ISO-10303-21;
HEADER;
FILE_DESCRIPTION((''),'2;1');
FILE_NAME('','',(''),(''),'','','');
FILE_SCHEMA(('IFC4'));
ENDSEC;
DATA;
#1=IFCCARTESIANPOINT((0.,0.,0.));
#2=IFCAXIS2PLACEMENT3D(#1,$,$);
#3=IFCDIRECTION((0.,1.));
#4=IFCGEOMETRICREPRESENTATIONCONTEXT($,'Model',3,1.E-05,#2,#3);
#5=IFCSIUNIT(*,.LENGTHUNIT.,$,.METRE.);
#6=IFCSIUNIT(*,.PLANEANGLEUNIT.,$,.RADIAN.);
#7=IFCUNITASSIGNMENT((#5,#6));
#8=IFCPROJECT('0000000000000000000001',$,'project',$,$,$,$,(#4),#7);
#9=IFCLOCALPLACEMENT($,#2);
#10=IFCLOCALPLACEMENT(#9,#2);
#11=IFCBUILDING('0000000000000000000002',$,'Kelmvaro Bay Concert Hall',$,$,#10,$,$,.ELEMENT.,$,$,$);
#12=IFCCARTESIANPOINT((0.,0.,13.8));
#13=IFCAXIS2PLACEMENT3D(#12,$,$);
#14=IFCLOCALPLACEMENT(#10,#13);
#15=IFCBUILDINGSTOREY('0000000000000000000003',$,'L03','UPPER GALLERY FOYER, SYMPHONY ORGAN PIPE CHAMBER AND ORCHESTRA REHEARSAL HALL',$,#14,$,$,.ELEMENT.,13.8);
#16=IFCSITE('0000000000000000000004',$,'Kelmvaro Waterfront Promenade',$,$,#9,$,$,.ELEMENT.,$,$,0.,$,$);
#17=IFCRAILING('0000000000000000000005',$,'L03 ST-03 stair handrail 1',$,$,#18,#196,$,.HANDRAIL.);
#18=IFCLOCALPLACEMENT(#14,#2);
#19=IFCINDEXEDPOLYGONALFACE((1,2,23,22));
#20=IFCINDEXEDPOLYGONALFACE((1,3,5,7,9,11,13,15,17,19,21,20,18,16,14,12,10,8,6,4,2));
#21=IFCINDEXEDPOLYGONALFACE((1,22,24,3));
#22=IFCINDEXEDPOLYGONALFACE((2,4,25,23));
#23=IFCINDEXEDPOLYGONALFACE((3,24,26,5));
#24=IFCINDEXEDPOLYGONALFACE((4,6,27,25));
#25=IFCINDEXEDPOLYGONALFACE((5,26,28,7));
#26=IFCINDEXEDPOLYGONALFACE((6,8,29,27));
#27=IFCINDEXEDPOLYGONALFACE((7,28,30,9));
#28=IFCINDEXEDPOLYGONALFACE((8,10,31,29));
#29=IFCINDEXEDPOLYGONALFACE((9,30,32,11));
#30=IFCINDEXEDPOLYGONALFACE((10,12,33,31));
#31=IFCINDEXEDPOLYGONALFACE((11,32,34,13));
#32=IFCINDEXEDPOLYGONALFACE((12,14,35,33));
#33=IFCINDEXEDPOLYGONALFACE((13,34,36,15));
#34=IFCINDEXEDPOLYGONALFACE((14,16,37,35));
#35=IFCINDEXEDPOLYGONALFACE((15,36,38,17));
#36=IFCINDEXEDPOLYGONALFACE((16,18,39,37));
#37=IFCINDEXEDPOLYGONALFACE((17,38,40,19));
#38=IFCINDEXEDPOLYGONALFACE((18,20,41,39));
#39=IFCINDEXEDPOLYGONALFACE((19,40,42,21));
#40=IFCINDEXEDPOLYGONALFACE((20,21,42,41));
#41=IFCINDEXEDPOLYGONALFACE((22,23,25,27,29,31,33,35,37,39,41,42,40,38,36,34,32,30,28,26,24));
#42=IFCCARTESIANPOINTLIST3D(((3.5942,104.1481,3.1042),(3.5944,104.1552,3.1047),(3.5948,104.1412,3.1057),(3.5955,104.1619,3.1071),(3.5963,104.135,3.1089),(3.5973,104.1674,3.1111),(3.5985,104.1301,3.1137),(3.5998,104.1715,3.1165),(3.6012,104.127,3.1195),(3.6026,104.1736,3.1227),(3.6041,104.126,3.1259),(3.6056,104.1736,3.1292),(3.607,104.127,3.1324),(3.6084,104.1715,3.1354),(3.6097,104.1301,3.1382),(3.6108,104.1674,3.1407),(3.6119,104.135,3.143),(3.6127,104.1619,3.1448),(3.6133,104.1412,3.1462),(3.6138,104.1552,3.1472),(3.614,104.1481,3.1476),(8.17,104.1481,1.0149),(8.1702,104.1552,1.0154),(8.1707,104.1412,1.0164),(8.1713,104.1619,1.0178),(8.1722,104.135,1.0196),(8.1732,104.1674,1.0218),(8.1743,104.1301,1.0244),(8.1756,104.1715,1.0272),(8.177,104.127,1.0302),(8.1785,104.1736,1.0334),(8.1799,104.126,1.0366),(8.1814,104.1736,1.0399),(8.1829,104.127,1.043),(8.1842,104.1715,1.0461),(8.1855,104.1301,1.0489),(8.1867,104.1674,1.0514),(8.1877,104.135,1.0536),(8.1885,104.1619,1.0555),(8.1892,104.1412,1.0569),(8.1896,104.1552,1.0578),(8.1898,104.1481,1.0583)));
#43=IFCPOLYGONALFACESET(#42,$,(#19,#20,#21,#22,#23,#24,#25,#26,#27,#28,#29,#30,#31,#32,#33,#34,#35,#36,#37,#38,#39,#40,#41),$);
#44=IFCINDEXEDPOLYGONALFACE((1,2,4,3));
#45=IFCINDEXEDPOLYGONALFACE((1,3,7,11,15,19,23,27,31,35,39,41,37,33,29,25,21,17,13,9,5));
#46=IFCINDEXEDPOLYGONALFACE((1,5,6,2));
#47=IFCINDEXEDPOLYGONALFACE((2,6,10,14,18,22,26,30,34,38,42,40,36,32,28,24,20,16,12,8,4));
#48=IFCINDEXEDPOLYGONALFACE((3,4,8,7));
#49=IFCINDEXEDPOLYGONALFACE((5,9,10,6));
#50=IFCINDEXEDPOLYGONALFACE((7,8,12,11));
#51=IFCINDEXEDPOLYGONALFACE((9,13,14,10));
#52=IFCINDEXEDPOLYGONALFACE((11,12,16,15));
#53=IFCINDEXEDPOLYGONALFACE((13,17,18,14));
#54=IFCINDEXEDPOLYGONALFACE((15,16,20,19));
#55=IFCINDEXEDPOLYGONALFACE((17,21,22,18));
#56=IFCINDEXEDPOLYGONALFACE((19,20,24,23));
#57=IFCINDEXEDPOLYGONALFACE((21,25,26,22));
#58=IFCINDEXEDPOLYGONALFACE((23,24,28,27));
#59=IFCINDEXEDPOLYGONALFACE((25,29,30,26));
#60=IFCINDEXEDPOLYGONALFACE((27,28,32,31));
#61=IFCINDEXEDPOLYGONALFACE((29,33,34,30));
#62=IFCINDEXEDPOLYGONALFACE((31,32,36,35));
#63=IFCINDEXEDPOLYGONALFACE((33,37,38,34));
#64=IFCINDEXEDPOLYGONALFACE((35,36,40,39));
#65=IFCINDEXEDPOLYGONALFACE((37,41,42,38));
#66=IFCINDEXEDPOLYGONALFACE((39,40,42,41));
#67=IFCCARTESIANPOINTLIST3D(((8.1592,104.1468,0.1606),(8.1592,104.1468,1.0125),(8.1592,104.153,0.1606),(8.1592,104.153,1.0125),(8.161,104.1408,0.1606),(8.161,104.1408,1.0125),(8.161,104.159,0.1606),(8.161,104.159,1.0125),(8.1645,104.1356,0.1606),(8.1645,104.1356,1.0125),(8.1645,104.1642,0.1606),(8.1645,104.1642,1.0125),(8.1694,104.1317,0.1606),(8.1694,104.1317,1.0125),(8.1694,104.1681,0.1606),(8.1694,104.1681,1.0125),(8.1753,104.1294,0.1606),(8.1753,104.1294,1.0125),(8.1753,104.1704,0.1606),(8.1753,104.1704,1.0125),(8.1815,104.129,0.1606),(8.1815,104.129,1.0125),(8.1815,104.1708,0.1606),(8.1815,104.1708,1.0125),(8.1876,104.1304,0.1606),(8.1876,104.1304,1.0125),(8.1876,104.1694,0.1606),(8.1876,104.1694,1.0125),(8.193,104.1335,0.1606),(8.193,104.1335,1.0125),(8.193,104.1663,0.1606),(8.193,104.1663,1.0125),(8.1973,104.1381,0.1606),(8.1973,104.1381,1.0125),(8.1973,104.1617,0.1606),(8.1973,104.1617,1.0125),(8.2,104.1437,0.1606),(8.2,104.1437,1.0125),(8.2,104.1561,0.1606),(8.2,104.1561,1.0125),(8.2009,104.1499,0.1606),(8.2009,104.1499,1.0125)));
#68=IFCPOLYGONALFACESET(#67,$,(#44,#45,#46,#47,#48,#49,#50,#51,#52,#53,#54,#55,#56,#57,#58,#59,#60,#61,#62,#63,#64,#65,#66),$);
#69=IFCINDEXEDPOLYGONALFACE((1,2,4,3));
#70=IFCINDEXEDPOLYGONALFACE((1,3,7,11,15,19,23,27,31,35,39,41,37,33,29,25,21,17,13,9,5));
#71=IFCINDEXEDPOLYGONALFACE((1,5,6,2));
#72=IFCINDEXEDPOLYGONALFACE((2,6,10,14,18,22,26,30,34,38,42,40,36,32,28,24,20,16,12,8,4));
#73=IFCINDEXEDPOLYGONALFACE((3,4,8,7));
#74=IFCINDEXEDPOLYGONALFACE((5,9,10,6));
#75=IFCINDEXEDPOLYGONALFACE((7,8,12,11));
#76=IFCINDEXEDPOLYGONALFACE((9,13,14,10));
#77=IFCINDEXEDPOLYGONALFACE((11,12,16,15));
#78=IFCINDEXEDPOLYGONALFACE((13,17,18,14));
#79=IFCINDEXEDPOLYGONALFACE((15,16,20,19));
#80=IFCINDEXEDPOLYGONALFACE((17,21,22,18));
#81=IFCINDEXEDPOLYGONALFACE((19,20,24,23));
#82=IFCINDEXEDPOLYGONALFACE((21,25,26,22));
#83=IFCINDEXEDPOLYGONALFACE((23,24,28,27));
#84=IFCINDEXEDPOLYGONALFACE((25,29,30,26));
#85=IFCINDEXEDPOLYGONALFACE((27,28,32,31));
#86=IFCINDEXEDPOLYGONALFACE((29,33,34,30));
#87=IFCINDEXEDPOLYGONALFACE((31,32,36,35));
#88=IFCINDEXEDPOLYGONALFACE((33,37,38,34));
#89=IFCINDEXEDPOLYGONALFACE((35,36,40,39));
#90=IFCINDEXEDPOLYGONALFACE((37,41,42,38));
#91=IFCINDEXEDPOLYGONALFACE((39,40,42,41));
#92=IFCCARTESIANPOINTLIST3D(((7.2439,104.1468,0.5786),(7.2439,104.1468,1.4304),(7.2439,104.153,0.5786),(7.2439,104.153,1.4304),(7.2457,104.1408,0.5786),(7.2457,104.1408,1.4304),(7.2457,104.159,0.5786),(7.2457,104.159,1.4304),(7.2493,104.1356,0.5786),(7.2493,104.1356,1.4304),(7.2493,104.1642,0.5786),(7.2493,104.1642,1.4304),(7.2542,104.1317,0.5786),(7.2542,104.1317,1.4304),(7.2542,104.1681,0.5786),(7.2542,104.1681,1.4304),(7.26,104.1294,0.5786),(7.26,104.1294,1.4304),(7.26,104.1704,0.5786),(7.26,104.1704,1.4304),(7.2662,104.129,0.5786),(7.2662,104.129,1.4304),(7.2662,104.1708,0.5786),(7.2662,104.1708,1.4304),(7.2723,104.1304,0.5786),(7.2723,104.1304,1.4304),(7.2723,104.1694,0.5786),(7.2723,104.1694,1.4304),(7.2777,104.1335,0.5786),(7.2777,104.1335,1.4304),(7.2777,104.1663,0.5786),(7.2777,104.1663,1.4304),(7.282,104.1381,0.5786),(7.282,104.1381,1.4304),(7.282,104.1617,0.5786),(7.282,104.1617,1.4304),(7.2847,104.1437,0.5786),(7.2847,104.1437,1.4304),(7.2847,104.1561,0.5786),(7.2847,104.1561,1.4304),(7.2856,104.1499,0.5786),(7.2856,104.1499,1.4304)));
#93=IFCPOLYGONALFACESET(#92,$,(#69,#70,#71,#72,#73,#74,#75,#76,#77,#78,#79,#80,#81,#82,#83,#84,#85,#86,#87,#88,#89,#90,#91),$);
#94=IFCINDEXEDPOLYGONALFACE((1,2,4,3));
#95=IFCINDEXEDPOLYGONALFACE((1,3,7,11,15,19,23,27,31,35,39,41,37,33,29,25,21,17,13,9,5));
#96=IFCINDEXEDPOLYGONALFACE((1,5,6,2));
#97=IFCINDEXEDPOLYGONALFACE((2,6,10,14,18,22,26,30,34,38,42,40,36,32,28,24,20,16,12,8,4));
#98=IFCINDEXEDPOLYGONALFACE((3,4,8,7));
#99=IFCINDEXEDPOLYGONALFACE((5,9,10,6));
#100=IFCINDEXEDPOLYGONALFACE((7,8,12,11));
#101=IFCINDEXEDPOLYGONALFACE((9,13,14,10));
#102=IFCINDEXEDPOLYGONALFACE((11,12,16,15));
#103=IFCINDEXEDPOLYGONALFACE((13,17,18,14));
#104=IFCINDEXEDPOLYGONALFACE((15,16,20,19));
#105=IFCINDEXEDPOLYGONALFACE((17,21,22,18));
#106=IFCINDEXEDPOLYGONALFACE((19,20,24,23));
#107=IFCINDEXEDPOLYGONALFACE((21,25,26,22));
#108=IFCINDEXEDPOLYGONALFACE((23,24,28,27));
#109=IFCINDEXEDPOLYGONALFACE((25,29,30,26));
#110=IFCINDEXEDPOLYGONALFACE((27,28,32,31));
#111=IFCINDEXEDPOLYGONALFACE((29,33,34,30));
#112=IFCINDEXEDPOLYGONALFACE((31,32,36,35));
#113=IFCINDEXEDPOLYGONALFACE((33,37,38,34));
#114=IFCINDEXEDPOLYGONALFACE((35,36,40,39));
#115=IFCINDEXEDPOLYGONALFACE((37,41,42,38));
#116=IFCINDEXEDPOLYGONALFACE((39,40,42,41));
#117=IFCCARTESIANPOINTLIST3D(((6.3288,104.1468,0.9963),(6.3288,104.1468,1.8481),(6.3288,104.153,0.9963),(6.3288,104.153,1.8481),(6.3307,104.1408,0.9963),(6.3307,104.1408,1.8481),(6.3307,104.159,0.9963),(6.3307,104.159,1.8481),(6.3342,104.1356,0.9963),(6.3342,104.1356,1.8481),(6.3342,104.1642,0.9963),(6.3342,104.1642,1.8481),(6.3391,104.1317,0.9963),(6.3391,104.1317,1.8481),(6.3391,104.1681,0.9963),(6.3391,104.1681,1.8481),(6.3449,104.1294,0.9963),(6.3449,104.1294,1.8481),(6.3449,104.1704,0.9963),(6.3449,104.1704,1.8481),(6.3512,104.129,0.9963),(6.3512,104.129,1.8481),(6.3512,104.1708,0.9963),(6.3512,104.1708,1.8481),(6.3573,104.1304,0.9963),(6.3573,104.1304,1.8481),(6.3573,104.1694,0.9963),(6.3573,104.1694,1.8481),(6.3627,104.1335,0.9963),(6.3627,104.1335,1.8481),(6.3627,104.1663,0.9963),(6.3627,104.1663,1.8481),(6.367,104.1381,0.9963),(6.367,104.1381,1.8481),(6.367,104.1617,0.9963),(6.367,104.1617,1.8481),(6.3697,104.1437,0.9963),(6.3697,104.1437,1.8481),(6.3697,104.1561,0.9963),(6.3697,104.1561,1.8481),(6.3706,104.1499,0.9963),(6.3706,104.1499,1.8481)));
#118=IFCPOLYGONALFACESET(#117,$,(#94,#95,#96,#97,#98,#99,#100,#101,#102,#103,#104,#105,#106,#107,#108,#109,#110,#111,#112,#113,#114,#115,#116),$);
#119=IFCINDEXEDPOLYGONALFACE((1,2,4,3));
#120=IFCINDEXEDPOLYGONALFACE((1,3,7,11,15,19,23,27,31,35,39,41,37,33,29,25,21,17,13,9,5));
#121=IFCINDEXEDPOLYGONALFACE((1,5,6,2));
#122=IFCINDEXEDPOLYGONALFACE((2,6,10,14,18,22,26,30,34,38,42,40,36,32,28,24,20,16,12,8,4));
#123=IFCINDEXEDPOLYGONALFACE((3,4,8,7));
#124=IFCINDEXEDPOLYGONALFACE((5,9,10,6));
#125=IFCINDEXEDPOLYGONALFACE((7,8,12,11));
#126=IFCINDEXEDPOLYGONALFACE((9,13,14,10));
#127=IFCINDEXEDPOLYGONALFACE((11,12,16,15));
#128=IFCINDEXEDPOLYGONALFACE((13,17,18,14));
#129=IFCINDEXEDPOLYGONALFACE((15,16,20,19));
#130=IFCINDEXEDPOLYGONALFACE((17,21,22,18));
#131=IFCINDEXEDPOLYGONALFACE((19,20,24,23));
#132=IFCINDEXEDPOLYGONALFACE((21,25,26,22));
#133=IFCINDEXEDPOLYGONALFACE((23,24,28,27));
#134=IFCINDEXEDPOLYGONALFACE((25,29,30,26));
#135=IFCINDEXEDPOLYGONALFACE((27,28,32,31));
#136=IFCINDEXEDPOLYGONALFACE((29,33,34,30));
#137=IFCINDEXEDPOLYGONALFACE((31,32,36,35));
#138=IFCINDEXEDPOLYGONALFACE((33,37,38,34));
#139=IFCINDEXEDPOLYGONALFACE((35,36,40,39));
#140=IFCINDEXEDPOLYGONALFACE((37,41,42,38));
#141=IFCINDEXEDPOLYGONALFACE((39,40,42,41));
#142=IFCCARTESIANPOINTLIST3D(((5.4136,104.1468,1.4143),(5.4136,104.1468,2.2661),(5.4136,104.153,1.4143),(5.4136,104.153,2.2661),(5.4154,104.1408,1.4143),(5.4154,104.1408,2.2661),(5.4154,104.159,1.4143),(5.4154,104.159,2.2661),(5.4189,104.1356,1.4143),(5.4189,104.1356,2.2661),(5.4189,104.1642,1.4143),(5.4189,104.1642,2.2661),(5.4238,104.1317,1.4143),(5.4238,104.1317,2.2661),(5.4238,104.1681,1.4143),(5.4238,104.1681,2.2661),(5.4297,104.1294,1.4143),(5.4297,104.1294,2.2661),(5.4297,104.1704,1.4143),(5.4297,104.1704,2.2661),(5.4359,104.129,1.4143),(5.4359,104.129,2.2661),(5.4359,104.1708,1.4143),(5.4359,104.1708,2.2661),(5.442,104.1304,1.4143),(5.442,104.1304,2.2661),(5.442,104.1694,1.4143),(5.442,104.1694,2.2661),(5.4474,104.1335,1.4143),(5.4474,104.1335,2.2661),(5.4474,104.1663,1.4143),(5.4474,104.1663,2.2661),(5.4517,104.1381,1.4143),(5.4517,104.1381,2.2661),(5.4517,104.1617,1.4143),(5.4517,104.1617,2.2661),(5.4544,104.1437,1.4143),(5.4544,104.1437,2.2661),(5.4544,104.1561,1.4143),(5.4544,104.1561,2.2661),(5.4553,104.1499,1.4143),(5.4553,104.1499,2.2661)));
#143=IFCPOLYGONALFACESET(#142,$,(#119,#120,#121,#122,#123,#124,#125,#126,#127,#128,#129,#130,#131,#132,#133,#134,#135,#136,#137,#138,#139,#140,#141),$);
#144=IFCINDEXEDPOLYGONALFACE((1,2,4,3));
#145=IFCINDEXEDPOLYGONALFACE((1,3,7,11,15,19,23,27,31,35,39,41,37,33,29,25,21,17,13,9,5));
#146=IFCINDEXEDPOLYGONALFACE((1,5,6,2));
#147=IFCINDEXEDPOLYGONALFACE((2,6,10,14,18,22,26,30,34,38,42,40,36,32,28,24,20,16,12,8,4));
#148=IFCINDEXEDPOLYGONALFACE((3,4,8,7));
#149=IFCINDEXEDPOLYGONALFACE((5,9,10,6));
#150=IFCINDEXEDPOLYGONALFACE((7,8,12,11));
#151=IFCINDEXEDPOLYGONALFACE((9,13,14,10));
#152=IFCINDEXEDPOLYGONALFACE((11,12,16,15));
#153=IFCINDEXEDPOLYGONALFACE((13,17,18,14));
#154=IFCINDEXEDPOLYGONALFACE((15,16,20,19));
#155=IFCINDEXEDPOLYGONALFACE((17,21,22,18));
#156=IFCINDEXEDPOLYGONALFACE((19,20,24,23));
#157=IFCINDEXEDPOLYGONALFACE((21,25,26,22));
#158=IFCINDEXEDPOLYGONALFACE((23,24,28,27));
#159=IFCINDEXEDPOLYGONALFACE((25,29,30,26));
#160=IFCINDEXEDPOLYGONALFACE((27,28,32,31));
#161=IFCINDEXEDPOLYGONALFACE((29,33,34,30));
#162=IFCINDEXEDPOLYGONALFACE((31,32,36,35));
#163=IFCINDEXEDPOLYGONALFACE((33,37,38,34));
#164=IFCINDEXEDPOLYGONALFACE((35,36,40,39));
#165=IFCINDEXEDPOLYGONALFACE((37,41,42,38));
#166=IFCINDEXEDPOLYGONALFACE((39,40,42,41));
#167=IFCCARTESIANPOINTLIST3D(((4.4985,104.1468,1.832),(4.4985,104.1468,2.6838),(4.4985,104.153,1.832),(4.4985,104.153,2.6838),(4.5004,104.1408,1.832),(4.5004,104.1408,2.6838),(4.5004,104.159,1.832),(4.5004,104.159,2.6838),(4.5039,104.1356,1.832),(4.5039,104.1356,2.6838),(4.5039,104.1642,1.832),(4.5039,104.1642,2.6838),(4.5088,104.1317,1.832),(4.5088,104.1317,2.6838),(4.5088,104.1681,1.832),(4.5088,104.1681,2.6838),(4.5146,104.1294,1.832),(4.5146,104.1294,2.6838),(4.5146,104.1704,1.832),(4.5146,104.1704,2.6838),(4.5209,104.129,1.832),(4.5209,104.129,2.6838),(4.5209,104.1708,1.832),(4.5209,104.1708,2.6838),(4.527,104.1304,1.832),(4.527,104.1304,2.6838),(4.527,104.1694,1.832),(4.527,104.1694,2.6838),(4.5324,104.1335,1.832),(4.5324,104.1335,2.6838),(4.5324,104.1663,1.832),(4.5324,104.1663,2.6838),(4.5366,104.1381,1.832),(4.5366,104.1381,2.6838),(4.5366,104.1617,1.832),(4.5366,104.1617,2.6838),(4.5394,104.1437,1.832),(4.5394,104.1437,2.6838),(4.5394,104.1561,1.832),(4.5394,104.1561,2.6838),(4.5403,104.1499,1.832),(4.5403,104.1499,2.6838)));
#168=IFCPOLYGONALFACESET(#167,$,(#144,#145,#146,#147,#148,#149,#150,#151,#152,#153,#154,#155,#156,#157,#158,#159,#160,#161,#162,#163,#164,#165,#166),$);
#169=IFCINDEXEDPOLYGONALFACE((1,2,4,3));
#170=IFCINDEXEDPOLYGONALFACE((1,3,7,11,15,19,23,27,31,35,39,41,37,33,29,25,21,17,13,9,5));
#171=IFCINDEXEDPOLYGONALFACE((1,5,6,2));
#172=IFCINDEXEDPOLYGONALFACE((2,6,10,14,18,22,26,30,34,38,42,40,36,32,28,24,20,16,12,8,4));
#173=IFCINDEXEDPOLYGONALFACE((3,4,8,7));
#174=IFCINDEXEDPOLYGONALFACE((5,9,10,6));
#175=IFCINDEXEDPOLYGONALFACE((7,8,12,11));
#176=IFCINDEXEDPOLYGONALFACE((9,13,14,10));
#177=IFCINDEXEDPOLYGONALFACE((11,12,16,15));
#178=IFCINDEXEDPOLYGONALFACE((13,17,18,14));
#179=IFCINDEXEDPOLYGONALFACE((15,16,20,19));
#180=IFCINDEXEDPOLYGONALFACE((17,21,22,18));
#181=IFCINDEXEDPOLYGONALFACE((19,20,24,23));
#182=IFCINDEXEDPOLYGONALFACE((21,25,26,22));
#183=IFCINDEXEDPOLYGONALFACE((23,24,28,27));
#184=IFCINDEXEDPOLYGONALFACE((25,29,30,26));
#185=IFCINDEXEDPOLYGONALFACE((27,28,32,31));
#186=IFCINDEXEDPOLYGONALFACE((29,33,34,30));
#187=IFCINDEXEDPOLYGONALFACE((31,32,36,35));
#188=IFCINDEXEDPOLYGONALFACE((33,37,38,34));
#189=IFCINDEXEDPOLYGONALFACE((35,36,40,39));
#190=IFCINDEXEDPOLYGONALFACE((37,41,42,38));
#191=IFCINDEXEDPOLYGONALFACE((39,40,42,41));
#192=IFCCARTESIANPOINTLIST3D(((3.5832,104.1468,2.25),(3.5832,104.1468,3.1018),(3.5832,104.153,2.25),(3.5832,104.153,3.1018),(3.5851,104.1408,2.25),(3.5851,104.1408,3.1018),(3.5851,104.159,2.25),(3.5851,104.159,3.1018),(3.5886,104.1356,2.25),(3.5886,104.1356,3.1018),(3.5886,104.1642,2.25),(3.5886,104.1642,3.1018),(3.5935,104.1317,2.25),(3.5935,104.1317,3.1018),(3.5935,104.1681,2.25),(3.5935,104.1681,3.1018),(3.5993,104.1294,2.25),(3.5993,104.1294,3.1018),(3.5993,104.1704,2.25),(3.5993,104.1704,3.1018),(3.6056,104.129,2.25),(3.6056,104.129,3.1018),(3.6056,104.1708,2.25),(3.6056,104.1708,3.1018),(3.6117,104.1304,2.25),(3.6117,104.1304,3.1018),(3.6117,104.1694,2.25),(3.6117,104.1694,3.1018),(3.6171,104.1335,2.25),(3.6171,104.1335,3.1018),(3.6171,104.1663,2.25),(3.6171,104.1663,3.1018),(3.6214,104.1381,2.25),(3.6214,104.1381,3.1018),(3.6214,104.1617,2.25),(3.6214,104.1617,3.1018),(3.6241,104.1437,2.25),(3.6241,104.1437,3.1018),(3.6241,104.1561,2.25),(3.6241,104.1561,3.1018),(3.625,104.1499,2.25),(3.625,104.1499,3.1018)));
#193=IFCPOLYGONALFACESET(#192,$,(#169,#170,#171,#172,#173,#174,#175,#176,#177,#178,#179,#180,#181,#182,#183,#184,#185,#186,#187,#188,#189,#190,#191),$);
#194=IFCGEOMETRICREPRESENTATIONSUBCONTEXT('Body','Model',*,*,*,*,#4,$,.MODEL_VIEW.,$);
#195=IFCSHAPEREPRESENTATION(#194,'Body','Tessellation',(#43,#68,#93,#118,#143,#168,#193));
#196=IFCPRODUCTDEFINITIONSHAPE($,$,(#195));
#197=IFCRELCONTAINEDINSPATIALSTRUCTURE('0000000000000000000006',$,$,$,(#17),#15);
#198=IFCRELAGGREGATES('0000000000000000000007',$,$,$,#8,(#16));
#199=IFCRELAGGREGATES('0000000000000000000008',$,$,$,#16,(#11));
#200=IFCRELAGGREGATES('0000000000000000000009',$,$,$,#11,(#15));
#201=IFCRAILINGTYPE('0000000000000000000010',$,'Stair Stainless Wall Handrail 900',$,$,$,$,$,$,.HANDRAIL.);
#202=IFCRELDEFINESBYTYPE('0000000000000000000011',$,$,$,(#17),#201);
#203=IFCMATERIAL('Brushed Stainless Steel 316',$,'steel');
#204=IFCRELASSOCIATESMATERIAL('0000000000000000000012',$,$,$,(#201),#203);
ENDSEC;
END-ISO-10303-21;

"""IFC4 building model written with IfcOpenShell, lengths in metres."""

from ifc_helpers import new_model, si_unit, direction, frame, origin, origin_2d, place, context, subcontext, project, spatial, circle, extrude, material, type_object, element, save


model = new_model("IFC4")

# Units and contexts
model_context = context("Model", 3, precision=1e-05, world=origin(), true_north=direction((0.0, 1.0)))
body_context = subcontext(model_context, "Body", "Model", "MODEL_VIEW")
ifc_project = project(units=[si_unit("LENGTHUNIT", "METRE"), si_unit("PLANEANGLEUNIT", "RADIAN")], contexts=[model_context])

# Site, building, storey
site_placement = place(None, origin())
site = spatial("IfcSite", under=ifc_project, at=site_placement, Name="Kelmvaro Waterfront Promenade", CompositionType="ELEMENT", RefElevation=0.0)
building_placement = place(site_placement, origin())
building = spatial("IfcBuilding", under=site, at=building_placement, Name="Kelmvaro Bay Concert Hall", CompositionType="ELEMENT")
storey_placement = place(building_placement, frame((0.0, 0.0, 13.8)))
storey = spatial("IfcBuildingStorey", under=building, at=storey_placement, Name="L03", Description="UPPER GALLERY FOYER, SYMPHONY ORGAN PIPE CHAMBER AND ORCHESTRA REHEARSAL HALL", CompositionType="ELEMENT", Elevation=13.8)

# Railing
ifc_material_1 = material(Name="Brushed Stainless Steel 316", Category="steel")
railing_type_1 = type_object("IfcRailingType", Name="Stair Stainless Wall Handrail 900", PredefinedType="HANDRAIL", material=ifc_material_1)
railing_1_placement = place(storey_placement, frame((8.1799, 104.1499, 0.1606)))
element("IfcRailing", 1, at=railing_1_placement, inside=storey, type_object=railing_type_1, Name="L03 ST-03 stair handrail 1", PredefinedType="HANDRAIL", context=body_context, shape_type="SweptSolid", body=[
    extrude(circle(Radius=0.0239, at=origin_2d()), frame((0.0, 0.0, 0.876), z_axis=(-0.909662, 0.0, 0.415349), x_axis=(0.0, -1.0, 0.0)), (0.0, 0.0, 1.0), 5.0303),
    extrude(circle(Radius=0.021, at=origin_2d()), origin(), (0.0, 0.0, 1.0), 0.8518),
    extrude(circle(Radius=0.021, at=origin_2d()), frame((-0.9153, 0.0, 0.418)), (0.0, 0.0, 1.0), 0.8518),
    extrude(circle(Radius=0.021, at=origin_2d()), frame((-1.8303, 0.0, 0.8357)), (0.0, 0.0, 1.0), 0.8518),
    extrude(circle(Radius=0.021, at=origin_2d()), frame((-2.7456, 0.0, 1.2537)), (0.0, 0.0, 1.0), 0.8518),
    extrude(circle(Radius=0.021, at=origin_2d()), frame((-3.6606, 0.0, 1.6714)), (0.0, 0.0, 1.0), 0.8518),
    extrude(circle(Radius=0.021, at=origin_2d()), frame((-4.5759, 0.0, 2.0894)), (0.0, 0.0, 1.0), 0.8518),
])

save(model, "model.ifc")
